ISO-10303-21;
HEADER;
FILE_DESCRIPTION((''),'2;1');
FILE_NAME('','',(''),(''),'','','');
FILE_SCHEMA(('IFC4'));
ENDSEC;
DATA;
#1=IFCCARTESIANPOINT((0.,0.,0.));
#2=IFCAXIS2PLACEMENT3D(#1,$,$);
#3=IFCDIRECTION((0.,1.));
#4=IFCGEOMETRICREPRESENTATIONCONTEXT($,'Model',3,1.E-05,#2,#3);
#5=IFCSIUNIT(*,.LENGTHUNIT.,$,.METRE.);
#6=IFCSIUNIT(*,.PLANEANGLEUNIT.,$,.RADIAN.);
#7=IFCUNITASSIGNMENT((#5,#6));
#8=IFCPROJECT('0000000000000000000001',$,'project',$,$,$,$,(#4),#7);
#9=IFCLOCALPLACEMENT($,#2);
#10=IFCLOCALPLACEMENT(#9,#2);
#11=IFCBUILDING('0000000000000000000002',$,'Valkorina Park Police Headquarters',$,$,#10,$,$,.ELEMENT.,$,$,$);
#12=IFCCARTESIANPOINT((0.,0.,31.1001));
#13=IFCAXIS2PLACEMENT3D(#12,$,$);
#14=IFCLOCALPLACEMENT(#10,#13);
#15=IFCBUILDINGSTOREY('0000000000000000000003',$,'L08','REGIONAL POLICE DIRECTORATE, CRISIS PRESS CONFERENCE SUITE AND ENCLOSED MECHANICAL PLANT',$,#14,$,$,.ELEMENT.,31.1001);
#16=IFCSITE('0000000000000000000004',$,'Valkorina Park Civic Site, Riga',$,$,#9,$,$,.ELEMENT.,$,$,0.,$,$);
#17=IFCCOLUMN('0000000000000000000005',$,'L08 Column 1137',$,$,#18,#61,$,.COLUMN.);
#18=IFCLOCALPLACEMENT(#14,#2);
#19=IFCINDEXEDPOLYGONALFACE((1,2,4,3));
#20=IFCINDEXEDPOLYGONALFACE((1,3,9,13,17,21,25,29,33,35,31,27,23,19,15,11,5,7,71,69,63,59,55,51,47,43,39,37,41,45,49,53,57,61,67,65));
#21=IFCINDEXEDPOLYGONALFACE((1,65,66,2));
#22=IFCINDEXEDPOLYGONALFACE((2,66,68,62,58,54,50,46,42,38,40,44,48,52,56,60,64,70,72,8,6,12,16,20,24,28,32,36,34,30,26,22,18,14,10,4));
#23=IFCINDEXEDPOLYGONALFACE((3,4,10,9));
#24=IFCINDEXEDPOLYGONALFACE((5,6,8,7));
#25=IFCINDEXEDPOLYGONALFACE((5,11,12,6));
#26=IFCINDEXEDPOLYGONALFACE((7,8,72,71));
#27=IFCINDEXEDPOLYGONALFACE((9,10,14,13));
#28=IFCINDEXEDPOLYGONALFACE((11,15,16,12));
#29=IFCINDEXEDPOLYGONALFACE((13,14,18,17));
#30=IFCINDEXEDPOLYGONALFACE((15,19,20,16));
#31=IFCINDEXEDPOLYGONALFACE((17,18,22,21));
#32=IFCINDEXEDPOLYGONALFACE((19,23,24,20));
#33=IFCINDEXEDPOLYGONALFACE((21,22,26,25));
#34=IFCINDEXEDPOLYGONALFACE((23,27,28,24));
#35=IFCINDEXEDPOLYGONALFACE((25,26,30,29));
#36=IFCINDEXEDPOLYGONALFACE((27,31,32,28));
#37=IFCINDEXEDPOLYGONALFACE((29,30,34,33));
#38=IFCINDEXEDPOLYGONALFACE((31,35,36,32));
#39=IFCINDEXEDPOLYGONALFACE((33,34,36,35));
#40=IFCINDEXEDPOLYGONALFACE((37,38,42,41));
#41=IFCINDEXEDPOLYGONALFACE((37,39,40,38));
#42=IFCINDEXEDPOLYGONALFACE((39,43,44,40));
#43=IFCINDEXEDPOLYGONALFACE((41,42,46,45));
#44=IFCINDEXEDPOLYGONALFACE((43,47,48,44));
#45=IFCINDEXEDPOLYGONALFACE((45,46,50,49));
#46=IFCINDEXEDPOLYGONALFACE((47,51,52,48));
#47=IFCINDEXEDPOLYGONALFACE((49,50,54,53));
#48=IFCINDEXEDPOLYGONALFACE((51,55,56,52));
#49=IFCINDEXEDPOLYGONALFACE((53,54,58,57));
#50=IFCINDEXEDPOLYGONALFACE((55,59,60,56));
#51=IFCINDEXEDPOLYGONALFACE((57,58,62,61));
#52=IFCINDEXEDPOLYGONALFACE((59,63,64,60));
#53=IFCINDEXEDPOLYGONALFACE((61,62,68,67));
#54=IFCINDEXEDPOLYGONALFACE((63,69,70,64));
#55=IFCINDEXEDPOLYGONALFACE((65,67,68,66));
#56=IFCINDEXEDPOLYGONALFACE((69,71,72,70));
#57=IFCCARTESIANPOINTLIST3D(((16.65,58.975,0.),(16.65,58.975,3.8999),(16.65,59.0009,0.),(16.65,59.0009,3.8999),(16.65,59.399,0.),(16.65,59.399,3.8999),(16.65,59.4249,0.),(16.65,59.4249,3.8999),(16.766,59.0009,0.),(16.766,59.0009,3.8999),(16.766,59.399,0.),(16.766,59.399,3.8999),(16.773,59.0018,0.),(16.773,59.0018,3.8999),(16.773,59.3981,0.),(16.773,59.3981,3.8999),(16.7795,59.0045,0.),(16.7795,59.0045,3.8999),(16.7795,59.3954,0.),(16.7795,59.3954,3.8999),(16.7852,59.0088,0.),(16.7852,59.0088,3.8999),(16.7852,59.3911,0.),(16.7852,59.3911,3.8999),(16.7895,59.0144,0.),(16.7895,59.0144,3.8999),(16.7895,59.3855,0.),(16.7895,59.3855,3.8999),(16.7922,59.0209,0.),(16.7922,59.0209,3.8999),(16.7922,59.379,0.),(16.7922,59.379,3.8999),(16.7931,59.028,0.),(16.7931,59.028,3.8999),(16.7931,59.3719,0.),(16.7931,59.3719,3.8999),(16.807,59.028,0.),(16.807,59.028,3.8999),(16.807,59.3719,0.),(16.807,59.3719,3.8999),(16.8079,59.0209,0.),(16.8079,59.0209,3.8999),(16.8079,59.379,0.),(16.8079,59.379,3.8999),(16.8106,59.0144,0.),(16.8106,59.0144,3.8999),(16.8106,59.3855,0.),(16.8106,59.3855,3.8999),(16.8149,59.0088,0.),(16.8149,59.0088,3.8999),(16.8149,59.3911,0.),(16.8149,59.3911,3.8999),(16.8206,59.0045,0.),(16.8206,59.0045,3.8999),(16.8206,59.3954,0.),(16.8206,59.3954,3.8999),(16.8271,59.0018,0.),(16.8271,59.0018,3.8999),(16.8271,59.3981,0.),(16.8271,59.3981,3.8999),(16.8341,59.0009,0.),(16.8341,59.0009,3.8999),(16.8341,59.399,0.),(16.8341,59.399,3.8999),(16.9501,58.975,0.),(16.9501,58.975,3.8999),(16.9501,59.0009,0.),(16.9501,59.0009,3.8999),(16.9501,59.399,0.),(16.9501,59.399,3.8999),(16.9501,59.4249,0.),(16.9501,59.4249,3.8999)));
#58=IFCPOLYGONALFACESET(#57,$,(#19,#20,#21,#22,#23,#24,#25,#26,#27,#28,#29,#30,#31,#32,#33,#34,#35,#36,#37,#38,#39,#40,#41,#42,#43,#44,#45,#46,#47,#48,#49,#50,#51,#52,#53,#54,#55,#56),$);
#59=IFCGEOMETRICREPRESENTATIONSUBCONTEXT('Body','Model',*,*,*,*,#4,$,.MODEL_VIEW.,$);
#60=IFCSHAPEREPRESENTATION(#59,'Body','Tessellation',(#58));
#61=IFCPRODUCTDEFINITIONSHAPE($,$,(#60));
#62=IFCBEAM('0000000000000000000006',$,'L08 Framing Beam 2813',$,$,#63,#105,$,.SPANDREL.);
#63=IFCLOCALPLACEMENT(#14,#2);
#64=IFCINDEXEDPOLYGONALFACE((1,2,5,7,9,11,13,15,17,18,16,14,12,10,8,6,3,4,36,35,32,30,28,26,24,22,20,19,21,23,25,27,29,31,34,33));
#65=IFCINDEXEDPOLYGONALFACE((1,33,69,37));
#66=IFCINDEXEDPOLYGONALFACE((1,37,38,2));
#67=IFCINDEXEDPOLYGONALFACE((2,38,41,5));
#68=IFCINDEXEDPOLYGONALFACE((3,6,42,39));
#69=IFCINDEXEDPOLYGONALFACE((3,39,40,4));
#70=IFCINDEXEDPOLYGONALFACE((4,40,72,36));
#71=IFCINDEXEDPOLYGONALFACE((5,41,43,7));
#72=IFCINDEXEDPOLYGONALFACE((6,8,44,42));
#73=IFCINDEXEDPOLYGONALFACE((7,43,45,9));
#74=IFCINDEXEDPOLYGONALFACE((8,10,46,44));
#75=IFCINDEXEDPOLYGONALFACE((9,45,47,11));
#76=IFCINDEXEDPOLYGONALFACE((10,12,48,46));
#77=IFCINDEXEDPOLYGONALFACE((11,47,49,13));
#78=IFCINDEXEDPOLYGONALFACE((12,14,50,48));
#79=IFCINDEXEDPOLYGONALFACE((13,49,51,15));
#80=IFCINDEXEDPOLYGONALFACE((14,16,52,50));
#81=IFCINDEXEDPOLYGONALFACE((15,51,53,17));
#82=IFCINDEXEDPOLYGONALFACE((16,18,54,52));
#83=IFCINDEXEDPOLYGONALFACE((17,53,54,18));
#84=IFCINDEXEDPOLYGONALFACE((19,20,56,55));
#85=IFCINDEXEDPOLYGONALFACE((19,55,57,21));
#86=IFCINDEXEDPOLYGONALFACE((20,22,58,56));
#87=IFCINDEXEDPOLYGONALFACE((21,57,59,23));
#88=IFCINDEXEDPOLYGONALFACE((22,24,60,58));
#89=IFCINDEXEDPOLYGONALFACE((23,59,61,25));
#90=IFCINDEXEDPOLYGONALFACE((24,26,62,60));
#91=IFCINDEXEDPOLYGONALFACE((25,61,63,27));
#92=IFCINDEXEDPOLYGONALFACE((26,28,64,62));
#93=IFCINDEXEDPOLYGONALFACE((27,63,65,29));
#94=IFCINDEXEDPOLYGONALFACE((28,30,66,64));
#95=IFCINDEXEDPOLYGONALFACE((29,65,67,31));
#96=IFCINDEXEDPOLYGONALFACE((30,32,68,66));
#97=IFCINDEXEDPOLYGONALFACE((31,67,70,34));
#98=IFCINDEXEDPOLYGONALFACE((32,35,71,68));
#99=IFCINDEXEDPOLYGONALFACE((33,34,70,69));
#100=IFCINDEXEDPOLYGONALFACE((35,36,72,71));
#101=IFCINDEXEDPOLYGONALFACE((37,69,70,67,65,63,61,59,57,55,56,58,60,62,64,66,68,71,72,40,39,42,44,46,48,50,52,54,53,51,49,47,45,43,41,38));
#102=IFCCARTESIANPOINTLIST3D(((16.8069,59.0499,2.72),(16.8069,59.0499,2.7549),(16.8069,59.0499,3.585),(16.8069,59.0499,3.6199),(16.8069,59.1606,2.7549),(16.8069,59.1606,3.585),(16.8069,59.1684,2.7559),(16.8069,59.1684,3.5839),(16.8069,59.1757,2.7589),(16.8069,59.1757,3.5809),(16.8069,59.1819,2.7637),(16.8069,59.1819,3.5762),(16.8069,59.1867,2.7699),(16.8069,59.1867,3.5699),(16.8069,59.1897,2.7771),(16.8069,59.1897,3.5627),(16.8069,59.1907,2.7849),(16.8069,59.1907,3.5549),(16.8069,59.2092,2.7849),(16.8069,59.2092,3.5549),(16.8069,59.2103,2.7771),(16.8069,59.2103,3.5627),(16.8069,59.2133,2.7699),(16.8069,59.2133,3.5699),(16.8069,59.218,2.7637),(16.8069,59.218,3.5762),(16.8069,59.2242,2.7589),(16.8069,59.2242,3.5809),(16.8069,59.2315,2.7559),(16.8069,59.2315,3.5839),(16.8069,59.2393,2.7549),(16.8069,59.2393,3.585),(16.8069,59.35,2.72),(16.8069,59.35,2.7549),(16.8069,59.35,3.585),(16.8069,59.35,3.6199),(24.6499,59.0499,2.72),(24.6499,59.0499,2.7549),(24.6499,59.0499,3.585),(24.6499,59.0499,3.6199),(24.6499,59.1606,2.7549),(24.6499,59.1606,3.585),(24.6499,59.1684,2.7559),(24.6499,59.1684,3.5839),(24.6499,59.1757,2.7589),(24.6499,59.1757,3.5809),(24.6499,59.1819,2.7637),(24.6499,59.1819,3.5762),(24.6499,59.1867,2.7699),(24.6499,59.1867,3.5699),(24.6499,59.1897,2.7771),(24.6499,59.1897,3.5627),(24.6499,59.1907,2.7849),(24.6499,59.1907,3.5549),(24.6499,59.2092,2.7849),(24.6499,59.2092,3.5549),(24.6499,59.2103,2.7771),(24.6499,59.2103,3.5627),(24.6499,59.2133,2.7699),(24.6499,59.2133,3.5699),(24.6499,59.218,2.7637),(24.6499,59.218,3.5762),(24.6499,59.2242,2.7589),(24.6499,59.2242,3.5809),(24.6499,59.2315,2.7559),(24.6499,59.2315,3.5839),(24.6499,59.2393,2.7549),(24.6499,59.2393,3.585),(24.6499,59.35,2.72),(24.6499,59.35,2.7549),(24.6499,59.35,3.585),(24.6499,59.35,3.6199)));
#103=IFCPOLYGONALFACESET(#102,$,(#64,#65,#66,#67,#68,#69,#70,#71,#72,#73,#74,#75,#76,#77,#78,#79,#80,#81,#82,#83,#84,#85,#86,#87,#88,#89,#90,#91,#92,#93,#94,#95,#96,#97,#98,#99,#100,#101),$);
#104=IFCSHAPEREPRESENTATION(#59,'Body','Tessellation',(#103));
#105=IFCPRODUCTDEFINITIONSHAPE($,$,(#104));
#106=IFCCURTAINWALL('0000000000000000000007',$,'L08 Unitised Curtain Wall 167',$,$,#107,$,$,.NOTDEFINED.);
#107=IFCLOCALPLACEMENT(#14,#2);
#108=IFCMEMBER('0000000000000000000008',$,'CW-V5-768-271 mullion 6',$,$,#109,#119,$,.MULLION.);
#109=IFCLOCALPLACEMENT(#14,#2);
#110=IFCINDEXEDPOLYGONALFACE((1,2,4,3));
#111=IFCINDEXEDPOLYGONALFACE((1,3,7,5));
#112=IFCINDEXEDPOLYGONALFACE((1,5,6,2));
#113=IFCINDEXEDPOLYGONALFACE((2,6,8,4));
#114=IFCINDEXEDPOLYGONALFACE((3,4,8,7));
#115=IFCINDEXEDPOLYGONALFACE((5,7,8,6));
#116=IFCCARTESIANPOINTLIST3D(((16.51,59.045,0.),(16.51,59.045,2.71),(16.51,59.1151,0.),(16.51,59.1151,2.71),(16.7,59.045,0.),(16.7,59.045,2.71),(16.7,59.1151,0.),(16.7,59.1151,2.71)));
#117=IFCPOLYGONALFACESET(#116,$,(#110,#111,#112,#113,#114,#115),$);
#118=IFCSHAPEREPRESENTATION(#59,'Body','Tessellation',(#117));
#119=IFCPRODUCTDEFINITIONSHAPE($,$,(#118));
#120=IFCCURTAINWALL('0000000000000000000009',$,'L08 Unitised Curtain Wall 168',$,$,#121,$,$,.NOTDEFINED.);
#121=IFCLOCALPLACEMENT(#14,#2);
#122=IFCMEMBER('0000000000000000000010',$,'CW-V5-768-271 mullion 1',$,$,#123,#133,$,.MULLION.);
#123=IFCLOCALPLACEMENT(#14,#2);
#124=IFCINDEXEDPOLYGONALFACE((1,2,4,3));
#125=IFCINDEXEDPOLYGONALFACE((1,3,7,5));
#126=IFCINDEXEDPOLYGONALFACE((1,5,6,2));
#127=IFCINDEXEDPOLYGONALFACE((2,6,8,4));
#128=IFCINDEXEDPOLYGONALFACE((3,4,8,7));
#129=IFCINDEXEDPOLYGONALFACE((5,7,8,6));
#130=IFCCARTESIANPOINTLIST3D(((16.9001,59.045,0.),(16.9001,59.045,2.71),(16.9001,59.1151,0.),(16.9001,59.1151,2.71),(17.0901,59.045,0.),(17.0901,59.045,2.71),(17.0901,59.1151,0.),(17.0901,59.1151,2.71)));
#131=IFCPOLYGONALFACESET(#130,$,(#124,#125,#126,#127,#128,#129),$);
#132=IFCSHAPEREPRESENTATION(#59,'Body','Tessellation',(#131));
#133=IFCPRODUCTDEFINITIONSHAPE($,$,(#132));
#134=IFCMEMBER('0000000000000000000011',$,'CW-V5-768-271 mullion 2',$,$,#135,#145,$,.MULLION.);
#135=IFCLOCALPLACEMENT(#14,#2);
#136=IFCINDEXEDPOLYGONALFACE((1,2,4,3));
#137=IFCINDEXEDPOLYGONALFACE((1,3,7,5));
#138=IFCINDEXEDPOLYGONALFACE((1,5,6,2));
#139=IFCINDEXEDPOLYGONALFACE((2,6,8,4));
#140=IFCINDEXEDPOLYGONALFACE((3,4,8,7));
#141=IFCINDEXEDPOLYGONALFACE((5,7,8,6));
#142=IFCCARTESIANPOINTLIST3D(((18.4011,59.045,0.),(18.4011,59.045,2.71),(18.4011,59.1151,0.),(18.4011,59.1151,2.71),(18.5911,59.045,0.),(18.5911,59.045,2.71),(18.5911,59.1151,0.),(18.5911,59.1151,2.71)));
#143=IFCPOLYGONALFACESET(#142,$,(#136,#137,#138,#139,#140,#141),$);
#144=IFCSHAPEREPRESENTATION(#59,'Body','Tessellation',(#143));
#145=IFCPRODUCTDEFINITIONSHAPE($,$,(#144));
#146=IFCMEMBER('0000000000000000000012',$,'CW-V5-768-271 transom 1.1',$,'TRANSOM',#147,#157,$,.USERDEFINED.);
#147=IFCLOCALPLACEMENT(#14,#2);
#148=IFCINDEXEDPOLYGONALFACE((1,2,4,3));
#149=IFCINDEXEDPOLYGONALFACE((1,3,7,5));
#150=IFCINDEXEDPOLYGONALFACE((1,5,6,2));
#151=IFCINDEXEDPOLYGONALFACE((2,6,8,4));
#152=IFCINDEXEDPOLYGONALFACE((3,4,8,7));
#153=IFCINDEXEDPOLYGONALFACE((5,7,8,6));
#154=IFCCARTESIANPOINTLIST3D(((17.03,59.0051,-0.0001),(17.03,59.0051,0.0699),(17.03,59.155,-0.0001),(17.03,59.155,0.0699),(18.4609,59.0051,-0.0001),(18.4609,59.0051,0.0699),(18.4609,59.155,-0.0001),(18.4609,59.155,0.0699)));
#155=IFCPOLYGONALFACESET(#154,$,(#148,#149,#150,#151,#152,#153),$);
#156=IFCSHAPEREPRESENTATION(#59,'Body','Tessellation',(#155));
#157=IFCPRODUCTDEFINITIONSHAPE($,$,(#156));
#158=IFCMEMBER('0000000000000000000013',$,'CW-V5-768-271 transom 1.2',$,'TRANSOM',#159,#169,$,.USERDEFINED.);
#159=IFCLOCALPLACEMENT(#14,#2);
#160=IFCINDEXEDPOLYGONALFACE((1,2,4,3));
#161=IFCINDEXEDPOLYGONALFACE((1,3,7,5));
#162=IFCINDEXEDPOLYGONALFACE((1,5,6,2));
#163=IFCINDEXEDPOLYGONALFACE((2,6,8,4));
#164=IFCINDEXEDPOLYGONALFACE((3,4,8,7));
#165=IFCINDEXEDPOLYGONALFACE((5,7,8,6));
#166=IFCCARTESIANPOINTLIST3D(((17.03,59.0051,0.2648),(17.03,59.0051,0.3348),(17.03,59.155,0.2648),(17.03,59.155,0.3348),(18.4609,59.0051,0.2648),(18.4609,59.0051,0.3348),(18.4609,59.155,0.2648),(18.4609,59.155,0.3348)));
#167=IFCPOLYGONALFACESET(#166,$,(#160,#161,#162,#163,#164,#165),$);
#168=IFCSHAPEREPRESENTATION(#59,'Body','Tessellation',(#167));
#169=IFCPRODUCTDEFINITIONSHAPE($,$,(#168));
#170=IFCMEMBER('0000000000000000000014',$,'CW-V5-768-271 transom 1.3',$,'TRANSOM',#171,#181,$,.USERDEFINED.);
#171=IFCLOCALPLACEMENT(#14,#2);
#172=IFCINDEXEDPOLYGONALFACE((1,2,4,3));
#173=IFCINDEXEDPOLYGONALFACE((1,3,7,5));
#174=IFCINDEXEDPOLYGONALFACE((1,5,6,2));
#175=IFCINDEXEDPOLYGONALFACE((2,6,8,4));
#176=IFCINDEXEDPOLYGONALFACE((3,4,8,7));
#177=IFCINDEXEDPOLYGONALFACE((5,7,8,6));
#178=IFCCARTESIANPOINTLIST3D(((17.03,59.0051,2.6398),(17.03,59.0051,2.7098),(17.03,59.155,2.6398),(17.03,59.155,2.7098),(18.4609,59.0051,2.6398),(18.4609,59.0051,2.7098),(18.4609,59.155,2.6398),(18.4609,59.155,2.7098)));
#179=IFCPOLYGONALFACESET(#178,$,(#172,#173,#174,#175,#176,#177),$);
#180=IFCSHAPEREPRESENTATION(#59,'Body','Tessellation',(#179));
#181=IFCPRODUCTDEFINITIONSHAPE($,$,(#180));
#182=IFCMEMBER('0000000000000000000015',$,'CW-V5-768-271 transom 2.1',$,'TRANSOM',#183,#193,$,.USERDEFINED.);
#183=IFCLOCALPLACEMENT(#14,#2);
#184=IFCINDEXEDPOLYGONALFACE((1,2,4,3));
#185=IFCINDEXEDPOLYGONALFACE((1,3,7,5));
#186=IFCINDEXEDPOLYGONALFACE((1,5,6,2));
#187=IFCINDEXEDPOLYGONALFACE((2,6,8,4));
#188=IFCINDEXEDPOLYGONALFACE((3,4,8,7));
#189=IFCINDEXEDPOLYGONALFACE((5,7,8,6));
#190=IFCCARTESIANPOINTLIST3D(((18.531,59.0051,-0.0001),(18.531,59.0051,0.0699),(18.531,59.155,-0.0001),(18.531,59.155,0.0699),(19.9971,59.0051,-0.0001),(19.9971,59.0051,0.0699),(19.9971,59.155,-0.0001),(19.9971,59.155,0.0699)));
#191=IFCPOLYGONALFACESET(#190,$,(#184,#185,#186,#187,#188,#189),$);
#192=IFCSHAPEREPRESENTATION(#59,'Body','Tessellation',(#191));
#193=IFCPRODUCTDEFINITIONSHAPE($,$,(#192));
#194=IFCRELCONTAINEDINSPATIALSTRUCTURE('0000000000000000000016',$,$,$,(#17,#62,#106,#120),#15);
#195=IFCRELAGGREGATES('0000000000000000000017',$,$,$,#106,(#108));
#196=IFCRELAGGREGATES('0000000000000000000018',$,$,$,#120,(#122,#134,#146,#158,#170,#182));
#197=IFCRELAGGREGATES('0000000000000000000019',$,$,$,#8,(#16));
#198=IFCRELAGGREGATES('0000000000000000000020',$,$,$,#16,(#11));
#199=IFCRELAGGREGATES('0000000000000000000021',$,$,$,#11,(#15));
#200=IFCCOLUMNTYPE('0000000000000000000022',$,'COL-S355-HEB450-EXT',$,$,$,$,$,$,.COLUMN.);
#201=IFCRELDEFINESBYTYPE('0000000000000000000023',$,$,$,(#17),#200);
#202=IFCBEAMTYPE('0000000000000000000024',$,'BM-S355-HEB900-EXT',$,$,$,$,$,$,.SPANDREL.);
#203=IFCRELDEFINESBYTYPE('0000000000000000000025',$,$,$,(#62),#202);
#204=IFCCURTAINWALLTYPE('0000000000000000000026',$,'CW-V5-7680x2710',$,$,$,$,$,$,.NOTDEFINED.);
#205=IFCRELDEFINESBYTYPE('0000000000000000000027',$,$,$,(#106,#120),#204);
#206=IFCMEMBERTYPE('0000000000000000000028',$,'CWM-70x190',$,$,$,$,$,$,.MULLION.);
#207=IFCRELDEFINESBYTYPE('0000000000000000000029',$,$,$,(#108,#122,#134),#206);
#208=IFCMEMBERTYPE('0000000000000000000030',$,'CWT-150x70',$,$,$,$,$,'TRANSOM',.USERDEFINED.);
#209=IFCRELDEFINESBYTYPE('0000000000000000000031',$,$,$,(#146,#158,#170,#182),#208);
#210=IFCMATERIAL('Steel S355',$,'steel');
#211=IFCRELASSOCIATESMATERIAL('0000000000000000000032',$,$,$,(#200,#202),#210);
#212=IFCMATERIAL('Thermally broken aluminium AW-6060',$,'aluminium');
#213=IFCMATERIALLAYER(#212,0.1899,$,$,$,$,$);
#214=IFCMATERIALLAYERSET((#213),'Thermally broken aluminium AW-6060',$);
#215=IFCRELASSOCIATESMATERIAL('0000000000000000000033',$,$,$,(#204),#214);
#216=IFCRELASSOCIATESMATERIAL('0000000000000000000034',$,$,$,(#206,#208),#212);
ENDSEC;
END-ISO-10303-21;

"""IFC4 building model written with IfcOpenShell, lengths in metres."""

from ifc_helpers import new_model, si_unit, direction, frame, origin, origin_2d, place, context, subcontext, project, spatial, rectangle, i_section, extrude, material, layer, layer_set, material_profile, profile_set, type_object, element, aggregate, save


model = new_model("IFC4")

# Units and contexts
model_context = context("Model", 3, precision=1e-05, world=origin(), true_north=direction((0.0, 1.0)))
body_context = subcontext(model_context, "Body", "Model", "MODEL_VIEW")
ifc_project = project(units=[si_unit("LENGTHUNIT", "METRE"), si_unit("PLANEANGLEUNIT", "RADIAN")], contexts=[model_context])

# Site, building, storey
site_placement = place(None, origin())
site = spatial("IfcSite", under=ifc_project, at=site_placement, Name="Valkorina Park Civic Site, Riga", CompositionType="ELEMENT", RefElevation=0.0)
building_placement = place(site_placement, origin())
building = spatial("IfcBuilding", under=site, at=building_placement, Name="Valkorina Park Police Headquarters", CompositionType="ELEMENT")
storey_placement = place(building_placement, frame((0.0, 0.0, 31.1001)))
storey = spatial("IfcBuildingStorey", under=building, at=storey_placement, Name="L08", Description="REGIONAL POLICE DIRECTORATE, CRISIS PRESS CONFERENCE SUITE AND ENCLOSED MECHANICAL PLANT", CompositionType="ELEMENT", Elevation=31.1001)

# Column
ifc_material_1 = material(Name="Steel S355", Category="steel")
ifc_material_profile_1 = material_profile(ifc_material_1, i_section(OverallWidth=0.3, OverallDepth=0.45, WebThickness=0.0139, FlangeThickness=0.0259, FilletRadius=0.0271, at=origin_2d()), Name="HEB 450")
ifc_profile_set_1 = profile_set([ifc_material_profile_1], Name="Steel S355")
column_type = type_object("IfcColumnType", Name="COL-S355-HEB450-EXT", PredefinedType="COLUMN", material=ifc_profile_set_1)
column_placement = place(storey_placement, frame((16.8, 59.2, 0.0), z_axis=(0.0, 0.0, 1.0), x_axis=(1.0, 0.0, 0.0)))
element("IfcColumn", 1, at=column_placement, inside=storey, type_object=column_type, Name="L08 Column 1137", PredefinedType="COLUMN", context=body_context, shape_type="SweptSolid", body=[
    extrude(i_section(OverallWidth=0.3, OverallDepth=0.45, WebThickness=0.0139, FlangeThickness=0.0259, FilletRadius=0.0271, at=origin_2d()), origin(), (0.0, 0.0, 1.0), 3.8999),
])

# Beam
ifc_material_profile_2 = material_profile(ifc_material_1, i_section(OverallWidth=0.3, OverallDepth=0.8999, WebThickness=0.0186, FlangeThickness=0.0349, FilletRadius=0.03, at=origin_2d()), Name="HEB 900")
ifc_profile_set_2 = profile_set([ifc_material_profile_2], Name="Steel S355")
beam_type = type_object("IfcBeamType", Name="BM-S355-HEB900-EXT", PredefinedType="SPANDREL", material=ifc_profile_set_2)
beam_placement = place(storey_placement, frame((16.8069, 59.2, 3.1699), z_axis=(1.0, 0.0, 0.0), x_axis=(0.0, 1.0, 0.0)))
element("IfcBeam", 2, at=beam_placement, inside=storey, type_object=beam_type, Name="L08 Framing Beam 2813", PredefinedType="SPANDREL", context=body_context, shape_type="SweptSolid", body=[
    extrude(i_section(OverallWidth=0.3, OverallDepth=0.8999, WebThickness=0.0186, FlangeThickness=0.0349, FilletRadius=0.03, at=origin_2d()), origin(), (0.0, 0.0, 1.0), 7.843),
])

# Curtain wall, member
ifc_material_2 = material(Name="Thermally broken aluminium AW-6060", Category="aluminium")
ifc_layer_1 = layer(ifc_material_2, 0.1899)
ifc_layer_set_1 = layer_set([ifc_layer_1], Name="Thermally broken aluminium AW-6060")
curtain_wall_type = type_object("IfcCurtainWallType", Name="CW-V5-7680x2710", PredefinedType="NOTDEFINED", material=ifc_layer_set_1)
curtain_wall_1_placement = place(storey_placement, origin())
curtain_wall_1 = element("IfcCurtainWall", 3, at=curtain_wall_1_placement, inside=storey, type_object=curtain_wall_type, Name="L08 Unitised Curtain Wall 167", PredefinedType="NOTDEFINED")
ifc_material_profile_3 = material_profile(ifc_material_2, rectangle(XDim=0.0701, YDim=0.1899, at=origin_2d()), Name="CWM-02 70x190")
ifc_profile_set_3 = profile_set([ifc_material_profile_3], Name="Thermally broken aluminium AW-6060")
member_type_1 = type_object("IfcMemberType", Name="CWM-70x190", PredefinedType="MULLION", material=ifc_profile_set_3)
member_1_placement = place(storey_placement, frame((16.605, 59.0801, 0.0), z_axis=(0.0, 0.0, 1.0), x_axis=(0.0, 1.0, 0.0)))
member_1 = element("IfcMember", 4, at=member_1_placement, type_object=member_type_1, Name="CW-V5-768-271 mullion 6", PredefinedType="MULLION", context=body_context, shape_type="SweptSolid", body=[
    extrude(rectangle(XDim=0.0701, YDim=0.1899, at=origin_2d()), origin(), (0.0, 0.0, 1.0), 2.71),
])

# Curtain wall, members
curtain_wall_2_placement = place(storey_placement, origin())
curtain_wall_2 = element("IfcCurtainWall", 5, at=curtain_wall_2_placement, inside=storey, type_object=curtain_wall_type, Name="L08 Unitised Curtain Wall 168", PredefinedType="NOTDEFINED")
member_2_placement = place(storey_placement, frame((16.9951, 59.0801, 0.0), z_axis=(0.0, 0.0, 1.0), x_axis=(0.0, 1.0, 0.0)))
member_2 = element("IfcMember", 6, at=member_2_placement, type_object=member_type_1, Name="CW-V5-768-271 mullion 1", PredefinedType="MULLION", context=body_context, shape_type="SweptSolid", body=[
    extrude(rectangle(XDim=0.0701, YDim=0.1899, at=origin_2d()), origin(), (0.0, 0.0, 1.0), 2.71),
])
member_3_placement = place(storey_placement, frame((18.4961, 59.0801, 0.0), z_axis=(0.0, 0.0, 1.0), x_axis=(0.0, 1.0, 0.0)))
member_3 = element("IfcMember", 7, at=member_3_placement, type_object=member_type_1, Name="CW-V5-768-271 mullion 2", PredefinedType="MULLION", context=body_context, shape_type="SweptSolid", body=[
    extrude(rectangle(XDim=0.0701, YDim=0.1899, at=origin_2d()), origin(), (0.0, 0.0, 1.0), 2.71),
])
ifc_material_profile_4 = material_profile(ifc_material_2, rectangle(XDim=0.1499, YDim=0.0701, at=origin_2d()), Name="CWT-02 150x70")
ifc_profile_set_4 = profile_set([ifc_material_profile_4], Name="Thermally broken aluminium AW-6060")
member_type_2 = type_object("IfcMemberType", Name="CWT-150x70", ElementType="TRANSOM", PredefinedType="USERDEFINED", material=ifc_profile_set_4)
member_4_placement = place(storey_placement, frame((17.03, 59.0801, 0.0349), z_axis=(1.0, 0.0, 0.0), x_axis=(0.0, 1.0, 0.0)))
member_4 = element("IfcMember", 8, at=member_4_placement, type_object=member_type_2, Name="CW-V5-768-271 transom 1.1", ObjectType="TRANSOM", PredefinedType="USERDEFINED", context=body_context, shape_type="SweptSolid", body=[
    extrude(rectangle(XDim=0.1499, YDim=0.0701, at=origin_2d()), origin(), (0.0, 0.0, 1.0), 1.4309),
])
member_5_placement = place(storey_placement, frame((17.03, 59.0801, 0.2998), z_axis=(1.0, 0.0, 0.0), x_axis=(0.0, 1.0, 0.0)))
member_5 = element("IfcMember", 9, at=member_5_placement, type_object=member_type_2, Name="CW-V5-768-271 transom 1.2", ObjectType="TRANSOM", PredefinedType="USERDEFINED", context=body_context, shape_type="SweptSolid", body=[
    extrude(rectangle(XDim=0.1499, YDim=0.0701, at=origin_2d()), origin(), (0.0, 0.0, 1.0), 1.4309),
])
member_6_placement = place(storey_placement, frame((17.03, 59.0801, 2.6748), z_axis=(1.0, 0.0, 0.0), x_axis=(0.0, 1.0, 0.0)))
member_6 = element("IfcMember", 10, at=member_6_placement, type_object=member_type_2, Name="CW-V5-768-271 transom 1.3", ObjectType="TRANSOM", PredefinedType="USERDEFINED", context=body_context, shape_type="SweptSolid", body=[
    extrude(rectangle(XDim=0.1499, YDim=0.0701, at=origin_2d()), origin(), (0.0, 0.0, 1.0), 1.4309),
])
member_7_placement = place(storey_placement, frame((18.531, 59.0801, 0.0349), z_axis=(1.0, 0.0, 0.0), x_axis=(0.0, 1.0, 0.0)))
member_7 = element("IfcMember", 11, at=member_7_placement, type_object=member_type_2, Name="CW-V5-768-271 transom 2.1", ObjectType="TRANSOM", PredefinedType="USERDEFINED", context=body_context, shape_type="SweptSolid", body=[
    extrude(rectangle(XDim=0.1499, YDim=0.0701, at=origin_2d()), origin(), (0.0, 0.0, 1.0), 1.4661),
])

aggregate(curtain_wall_1, [member_1])
aggregate(curtain_wall_2, [member_2, member_3, member_4, member_5, member_6, member_7])

save(model, "model.ifc")
